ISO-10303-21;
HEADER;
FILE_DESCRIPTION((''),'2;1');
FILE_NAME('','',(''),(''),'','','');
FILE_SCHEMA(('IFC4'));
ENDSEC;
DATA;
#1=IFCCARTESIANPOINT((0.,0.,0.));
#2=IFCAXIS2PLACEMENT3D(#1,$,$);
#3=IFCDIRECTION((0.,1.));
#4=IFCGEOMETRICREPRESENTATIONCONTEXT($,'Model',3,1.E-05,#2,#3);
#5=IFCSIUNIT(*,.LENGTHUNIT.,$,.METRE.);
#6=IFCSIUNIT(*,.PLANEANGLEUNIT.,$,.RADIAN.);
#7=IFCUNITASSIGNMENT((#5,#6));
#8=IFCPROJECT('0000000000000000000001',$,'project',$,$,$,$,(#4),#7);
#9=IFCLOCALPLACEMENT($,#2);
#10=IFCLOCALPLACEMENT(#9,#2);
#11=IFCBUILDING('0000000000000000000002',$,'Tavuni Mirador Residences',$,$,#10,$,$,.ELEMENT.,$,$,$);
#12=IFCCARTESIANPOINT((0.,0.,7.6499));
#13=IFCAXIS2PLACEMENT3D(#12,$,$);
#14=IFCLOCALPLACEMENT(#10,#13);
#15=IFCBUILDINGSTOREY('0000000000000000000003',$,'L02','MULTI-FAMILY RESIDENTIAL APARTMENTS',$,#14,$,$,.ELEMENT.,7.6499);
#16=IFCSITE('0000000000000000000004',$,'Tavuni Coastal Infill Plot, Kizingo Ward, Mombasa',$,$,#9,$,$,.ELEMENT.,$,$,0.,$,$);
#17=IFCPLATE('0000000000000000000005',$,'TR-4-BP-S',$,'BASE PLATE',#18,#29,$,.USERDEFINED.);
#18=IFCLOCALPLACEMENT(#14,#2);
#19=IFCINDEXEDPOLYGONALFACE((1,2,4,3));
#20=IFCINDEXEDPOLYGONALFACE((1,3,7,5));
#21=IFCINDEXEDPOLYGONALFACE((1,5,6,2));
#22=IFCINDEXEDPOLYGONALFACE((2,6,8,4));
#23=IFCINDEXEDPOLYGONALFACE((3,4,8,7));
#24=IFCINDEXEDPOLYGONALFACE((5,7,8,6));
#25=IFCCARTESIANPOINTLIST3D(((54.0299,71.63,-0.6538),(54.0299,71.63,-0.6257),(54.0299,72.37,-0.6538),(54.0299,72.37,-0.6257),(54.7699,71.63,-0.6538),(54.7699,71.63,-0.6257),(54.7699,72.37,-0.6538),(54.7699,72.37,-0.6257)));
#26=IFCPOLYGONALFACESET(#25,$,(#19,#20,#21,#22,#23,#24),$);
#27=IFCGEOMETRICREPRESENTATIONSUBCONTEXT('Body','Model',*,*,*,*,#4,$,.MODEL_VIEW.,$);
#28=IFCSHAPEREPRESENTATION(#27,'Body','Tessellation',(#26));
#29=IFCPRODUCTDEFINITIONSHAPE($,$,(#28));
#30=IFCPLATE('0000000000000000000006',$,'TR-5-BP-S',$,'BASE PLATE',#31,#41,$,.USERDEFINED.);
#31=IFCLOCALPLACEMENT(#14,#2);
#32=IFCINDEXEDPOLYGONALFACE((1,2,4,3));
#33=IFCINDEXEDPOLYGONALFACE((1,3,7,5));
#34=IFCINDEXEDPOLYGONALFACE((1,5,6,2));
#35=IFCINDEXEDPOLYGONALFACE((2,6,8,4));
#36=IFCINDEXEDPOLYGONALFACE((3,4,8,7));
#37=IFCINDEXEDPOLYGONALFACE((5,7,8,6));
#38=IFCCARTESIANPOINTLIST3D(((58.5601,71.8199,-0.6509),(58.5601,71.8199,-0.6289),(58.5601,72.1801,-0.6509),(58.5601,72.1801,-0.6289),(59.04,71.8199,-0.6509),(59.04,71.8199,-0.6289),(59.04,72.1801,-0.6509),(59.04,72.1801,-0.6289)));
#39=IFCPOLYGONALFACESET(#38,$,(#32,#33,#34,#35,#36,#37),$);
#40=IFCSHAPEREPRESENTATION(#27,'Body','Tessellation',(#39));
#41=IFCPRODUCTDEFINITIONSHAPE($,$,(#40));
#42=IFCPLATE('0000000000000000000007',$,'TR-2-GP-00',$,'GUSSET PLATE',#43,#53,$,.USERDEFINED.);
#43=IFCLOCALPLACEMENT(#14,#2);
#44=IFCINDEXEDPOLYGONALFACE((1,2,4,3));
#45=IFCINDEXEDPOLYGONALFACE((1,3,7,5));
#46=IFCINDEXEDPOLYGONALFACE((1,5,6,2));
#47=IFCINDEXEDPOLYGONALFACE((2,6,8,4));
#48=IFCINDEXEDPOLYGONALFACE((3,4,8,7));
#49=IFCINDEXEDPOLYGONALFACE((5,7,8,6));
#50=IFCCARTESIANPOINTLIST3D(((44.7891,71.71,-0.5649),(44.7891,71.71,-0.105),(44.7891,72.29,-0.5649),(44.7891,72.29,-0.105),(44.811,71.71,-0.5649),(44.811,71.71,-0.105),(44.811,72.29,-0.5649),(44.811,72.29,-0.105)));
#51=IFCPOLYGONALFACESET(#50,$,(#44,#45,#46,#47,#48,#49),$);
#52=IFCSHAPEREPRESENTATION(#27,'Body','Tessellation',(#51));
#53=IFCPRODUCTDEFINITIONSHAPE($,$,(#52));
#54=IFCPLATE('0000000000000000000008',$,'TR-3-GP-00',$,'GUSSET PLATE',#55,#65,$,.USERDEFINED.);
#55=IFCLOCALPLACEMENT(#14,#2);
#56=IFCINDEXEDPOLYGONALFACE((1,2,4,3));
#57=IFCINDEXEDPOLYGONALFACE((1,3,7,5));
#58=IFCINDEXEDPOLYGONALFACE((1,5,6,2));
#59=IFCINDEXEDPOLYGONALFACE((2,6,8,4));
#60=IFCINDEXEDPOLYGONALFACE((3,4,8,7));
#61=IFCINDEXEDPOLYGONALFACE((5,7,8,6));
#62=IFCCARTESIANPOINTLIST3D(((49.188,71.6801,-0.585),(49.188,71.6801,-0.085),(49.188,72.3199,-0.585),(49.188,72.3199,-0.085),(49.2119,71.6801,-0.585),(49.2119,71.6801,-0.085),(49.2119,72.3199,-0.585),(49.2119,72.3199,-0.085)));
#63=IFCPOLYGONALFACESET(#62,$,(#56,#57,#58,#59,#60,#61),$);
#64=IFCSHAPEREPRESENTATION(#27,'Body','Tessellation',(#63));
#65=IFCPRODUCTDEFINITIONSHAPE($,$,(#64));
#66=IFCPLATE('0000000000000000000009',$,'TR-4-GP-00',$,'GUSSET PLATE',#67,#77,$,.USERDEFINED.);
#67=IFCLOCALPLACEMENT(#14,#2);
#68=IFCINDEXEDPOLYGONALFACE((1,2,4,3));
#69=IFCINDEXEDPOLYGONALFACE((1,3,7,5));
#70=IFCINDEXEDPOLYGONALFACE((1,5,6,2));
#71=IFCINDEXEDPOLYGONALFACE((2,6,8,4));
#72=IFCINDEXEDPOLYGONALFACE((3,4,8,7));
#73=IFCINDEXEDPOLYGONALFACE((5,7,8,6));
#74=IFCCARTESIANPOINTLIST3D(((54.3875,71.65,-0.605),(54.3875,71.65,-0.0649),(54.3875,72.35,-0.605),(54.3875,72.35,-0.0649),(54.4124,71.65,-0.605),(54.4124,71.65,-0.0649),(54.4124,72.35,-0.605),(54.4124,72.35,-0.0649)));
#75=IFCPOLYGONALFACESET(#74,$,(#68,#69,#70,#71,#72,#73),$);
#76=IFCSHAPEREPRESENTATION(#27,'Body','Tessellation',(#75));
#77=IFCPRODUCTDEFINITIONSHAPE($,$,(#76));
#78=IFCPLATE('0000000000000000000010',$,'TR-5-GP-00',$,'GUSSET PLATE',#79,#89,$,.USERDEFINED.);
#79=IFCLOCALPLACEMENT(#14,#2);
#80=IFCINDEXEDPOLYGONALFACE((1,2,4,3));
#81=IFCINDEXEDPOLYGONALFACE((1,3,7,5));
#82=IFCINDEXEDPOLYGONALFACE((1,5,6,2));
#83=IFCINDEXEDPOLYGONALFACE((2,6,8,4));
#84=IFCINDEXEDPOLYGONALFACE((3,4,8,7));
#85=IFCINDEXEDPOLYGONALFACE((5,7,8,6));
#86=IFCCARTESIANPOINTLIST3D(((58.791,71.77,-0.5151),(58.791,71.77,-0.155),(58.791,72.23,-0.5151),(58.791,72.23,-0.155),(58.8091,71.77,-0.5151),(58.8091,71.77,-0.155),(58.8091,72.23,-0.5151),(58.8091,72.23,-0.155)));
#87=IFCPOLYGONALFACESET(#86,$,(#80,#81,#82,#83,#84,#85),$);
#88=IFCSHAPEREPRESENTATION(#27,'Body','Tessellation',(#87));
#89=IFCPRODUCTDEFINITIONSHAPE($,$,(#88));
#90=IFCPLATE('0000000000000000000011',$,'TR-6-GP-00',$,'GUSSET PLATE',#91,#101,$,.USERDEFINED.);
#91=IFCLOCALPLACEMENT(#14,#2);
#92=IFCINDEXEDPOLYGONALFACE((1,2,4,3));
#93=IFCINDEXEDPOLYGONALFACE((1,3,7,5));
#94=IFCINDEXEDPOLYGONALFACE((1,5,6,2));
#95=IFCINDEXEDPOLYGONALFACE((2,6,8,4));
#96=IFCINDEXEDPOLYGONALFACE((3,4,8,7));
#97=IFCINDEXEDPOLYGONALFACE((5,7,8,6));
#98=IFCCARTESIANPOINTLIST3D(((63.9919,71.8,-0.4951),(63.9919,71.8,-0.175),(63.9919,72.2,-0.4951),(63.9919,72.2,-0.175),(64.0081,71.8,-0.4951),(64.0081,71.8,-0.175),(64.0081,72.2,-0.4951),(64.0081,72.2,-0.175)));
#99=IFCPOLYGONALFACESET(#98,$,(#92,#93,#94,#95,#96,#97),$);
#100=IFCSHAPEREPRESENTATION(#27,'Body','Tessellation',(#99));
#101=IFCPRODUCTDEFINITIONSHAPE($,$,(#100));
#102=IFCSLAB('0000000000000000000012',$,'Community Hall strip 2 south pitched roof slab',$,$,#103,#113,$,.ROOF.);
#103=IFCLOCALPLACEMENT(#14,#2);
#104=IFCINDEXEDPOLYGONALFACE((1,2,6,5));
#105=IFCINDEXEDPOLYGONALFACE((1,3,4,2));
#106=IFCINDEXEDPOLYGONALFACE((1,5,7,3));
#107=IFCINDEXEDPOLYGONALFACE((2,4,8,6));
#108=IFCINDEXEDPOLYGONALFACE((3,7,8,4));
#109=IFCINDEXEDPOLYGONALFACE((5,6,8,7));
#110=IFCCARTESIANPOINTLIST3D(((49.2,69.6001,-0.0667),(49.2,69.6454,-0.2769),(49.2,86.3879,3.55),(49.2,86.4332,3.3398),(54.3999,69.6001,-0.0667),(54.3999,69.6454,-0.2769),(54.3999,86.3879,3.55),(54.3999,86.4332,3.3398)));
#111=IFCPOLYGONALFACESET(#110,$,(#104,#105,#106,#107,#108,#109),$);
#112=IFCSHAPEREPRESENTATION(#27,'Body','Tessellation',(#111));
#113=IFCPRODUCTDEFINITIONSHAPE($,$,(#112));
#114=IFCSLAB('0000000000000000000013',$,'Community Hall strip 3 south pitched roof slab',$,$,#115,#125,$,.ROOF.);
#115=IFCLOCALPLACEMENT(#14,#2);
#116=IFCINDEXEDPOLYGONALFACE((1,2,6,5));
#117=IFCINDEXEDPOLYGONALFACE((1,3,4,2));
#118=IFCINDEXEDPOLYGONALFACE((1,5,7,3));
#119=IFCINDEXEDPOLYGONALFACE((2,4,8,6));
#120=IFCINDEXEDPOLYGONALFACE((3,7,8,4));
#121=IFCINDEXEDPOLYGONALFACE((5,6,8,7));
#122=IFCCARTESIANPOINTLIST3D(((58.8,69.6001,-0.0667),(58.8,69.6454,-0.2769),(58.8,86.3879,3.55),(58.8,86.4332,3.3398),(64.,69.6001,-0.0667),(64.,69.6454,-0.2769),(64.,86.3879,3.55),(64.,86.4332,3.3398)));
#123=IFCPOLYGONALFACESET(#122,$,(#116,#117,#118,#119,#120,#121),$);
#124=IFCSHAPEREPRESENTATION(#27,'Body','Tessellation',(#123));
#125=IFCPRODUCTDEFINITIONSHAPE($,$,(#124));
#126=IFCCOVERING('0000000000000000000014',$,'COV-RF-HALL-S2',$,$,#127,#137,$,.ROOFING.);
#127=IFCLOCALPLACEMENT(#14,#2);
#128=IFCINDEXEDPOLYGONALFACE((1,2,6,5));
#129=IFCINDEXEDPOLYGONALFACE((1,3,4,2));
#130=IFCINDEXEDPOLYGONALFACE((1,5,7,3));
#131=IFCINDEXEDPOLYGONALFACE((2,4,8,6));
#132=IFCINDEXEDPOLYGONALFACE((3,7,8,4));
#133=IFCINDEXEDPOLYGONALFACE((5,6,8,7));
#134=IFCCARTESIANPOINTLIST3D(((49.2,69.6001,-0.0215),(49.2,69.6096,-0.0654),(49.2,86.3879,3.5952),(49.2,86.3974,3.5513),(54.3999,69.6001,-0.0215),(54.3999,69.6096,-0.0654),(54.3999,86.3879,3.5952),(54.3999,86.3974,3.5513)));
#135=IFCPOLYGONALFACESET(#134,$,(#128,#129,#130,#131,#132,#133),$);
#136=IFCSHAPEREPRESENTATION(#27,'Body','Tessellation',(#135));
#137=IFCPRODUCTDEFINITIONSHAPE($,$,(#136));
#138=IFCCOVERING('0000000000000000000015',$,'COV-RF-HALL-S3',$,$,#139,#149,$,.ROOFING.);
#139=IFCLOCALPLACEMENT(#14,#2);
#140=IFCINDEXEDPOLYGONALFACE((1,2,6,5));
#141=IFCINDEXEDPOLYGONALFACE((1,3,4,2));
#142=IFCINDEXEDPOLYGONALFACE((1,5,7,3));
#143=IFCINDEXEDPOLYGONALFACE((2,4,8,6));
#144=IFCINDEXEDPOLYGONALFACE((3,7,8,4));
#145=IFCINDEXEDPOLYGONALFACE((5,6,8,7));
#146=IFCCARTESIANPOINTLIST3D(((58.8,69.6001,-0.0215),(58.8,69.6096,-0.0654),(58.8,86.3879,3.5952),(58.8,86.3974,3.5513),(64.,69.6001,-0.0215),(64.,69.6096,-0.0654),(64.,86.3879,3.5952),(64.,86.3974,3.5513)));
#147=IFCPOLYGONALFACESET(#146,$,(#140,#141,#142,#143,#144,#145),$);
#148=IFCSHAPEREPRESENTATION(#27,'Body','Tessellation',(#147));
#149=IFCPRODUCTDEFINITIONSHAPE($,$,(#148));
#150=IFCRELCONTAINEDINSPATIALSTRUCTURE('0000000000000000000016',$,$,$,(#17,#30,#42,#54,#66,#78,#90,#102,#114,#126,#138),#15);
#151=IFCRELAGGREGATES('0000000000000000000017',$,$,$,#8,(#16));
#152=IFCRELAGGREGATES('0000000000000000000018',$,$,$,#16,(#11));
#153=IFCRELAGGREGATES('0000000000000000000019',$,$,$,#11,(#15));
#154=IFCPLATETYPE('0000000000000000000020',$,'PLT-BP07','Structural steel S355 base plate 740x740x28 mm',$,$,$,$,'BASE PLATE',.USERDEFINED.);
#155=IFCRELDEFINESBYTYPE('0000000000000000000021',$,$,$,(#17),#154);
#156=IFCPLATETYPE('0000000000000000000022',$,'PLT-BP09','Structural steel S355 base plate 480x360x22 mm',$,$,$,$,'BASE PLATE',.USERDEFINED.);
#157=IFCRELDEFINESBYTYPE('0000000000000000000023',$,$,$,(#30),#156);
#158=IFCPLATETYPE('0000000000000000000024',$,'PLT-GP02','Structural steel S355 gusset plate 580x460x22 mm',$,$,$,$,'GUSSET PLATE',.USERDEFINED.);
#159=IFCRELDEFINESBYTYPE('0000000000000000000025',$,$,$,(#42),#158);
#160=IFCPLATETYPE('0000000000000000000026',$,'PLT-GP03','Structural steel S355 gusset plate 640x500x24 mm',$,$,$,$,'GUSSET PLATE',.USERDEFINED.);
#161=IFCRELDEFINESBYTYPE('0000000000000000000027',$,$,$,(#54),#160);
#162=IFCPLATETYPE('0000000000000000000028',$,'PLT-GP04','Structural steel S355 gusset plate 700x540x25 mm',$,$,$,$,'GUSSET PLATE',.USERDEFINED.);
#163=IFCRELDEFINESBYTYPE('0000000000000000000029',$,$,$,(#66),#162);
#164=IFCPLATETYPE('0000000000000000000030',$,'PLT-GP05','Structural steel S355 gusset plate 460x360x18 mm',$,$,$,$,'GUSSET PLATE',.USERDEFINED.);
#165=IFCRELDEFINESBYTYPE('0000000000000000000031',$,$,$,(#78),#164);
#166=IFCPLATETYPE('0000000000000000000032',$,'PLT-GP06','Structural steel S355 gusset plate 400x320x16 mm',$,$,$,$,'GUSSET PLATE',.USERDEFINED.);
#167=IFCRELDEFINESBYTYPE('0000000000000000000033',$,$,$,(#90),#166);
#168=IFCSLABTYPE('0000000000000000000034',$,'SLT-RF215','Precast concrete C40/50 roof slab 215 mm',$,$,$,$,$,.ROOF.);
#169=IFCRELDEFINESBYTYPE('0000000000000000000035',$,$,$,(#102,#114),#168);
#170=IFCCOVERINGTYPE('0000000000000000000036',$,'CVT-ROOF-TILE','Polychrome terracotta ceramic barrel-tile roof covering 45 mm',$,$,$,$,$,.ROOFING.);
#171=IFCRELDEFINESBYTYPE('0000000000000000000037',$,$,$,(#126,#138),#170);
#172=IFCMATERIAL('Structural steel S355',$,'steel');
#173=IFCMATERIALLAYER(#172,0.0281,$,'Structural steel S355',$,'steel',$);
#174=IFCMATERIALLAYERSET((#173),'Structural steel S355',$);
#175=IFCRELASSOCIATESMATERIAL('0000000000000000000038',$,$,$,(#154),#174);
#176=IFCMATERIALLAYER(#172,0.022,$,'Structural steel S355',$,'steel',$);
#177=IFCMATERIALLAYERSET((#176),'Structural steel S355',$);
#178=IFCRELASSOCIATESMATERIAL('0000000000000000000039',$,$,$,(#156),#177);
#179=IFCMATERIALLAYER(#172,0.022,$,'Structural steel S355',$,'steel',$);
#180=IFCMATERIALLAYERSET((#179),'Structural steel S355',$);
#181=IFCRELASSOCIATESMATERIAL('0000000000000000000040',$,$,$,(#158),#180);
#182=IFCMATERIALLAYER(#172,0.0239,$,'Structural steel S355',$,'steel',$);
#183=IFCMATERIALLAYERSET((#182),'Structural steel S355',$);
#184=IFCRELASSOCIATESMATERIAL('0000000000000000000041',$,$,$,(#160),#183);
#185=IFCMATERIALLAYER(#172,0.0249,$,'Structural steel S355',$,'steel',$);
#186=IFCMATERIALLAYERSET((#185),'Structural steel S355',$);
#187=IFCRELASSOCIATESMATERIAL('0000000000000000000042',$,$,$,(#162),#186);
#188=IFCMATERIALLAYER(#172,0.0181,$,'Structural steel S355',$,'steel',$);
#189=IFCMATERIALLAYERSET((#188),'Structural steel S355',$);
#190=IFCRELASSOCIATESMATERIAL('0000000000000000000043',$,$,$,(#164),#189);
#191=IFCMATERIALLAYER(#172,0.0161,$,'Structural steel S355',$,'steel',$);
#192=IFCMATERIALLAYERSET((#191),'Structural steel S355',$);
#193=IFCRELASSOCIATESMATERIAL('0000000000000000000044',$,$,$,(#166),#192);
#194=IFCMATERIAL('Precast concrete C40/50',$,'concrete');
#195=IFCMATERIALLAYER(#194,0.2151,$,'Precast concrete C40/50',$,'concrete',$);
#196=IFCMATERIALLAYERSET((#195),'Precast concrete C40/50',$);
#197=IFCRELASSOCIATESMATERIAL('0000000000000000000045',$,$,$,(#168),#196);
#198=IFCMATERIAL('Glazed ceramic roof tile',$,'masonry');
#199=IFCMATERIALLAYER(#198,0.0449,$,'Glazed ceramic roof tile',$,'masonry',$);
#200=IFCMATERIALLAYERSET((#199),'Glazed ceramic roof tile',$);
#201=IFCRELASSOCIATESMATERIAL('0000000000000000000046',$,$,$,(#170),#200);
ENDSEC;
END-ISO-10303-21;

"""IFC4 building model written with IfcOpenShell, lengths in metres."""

from ifc_helpers import new_model, si_unit, direction, frame, origin, origin_2d, place, context, subcontext, project, spatial, polyline, rectangle, outline, extrude, material, layer, layer_set, type_object, element, save


model = new_model("IFC4")

# Units and contexts
model_context = context("Model", 3, precision=1e-05, world=origin(), true_north=direction((0.0, 1.0)))
body_context = subcontext(model_context, "Body", "Model", "MODEL_VIEW")
ifc_project = project(units=[si_unit("LENGTHUNIT", "METRE"), si_unit("PLANEANGLEUNIT", "RADIAN")], contexts=[model_context])

# Site, building, storey
site_placement = place(None, origin())
site = spatial("IfcSite", under=ifc_project, at=site_placement, Name="Tavuni Coastal Infill Plot, Kizingo Ward, Mombasa", CompositionType="ELEMENT", RefElevation=0.0)
building_placement = place(site_placement, origin())
building = spatial("IfcBuilding", under=site, at=building_placement, Name="Tavuni Mirador Residences", CompositionType="ELEMENT")
storey_placement = place(building_placement, frame((0.0, 0.0, 7.6499)))
storey = spatial("IfcBuildingStorey", under=building, at=storey_placement, Name="L02", Description="MULTI-FAMILY RESIDENTIAL APARTMENTS", CompositionType="ELEMENT", Elevation=7.6499)

# Shared definitions
ifc_material_1 = material(Name="Structural steel S355", Category="steel")

# Plates
ifc_layer_1 = layer(ifc_material_1, 0.0281, Name="Structural steel S355", Category="steel")
ifc_layer_set_1 = layer_set([ifc_layer_1], Name="Structural steel S355")
plate_type_1 = type_object("IfcPlateType", Name="PLT-BP07", Description="Structural steel S355 base plate 740x740x28 mm", ElementType="BASE PLATE", PredefinedType="USERDEFINED", material=ifc_layer_set_1)
plate_1_placement = place(storey_placement, frame((54.3999, 72.0, -0.6538), z_axis=(0.0, 0.0, 1.0), x_axis=(1.0, 0.0, 0.0)))
element("IfcPlate", 1, at=plate_1_placement, inside=storey, type_object=plate_type_1, Name="TR-4-BP-S", ObjectType="BASE PLATE", PredefinedType="USERDEFINED", context=body_context, shape_type="SweptSolid", body=[
    extrude(rectangle(XDim=0.74, YDim=0.74, at=origin_2d()), origin(), (0.0, 0.0, 1.0), 0.0281),
])
ifc_layer_2 = layer(ifc_material_1, 0.022, Name="Structural steel S355", Category="steel")
ifc_layer_set_2 = layer_set([ifc_layer_2], Name="Structural steel S355")
plate_type_2 = type_object("IfcPlateType", Name="PLT-BP09", Description="Structural steel S355 base plate 480x360x22 mm", ElementType="BASE PLATE", PredefinedType="USERDEFINED", material=ifc_layer_set_2)
plate_2_placement = place(storey_placement, frame((58.8, 72.0, -0.6509), z_axis=(0.0, 0.0, 1.0), x_axis=(1.0, 0.0, 0.0)))
element("IfcPlate", 2, at=plate_2_placement, inside=storey, type_object=plate_type_2, Name="TR-5-BP-S", ObjectType="BASE PLATE", PredefinedType="USERDEFINED", context=body_context, shape_type="SweptSolid", body=[
    extrude(rectangle(XDim=0.48, YDim=0.3601, at=origin_2d()), origin(), (0.0, 0.0, 1.0), 0.022),
])
ifc_layer_3 = layer(ifc_material_1, 0.022, Name="Structural steel S355", Category="steel")
ifc_layer_set_3 = layer_set([ifc_layer_3], Name="Structural steel S355")
plate_type_3 = type_object("IfcPlateType", Name="PLT-GP02", Description="Structural steel S355 gusset plate 580x460x22 mm", ElementType="GUSSET PLATE", PredefinedType="USERDEFINED", material=ifc_layer_set_3)
plate_3_placement = place(storey_placement, frame((44.8, 72.0, -0.5649), z_axis=(0.0, 0.0, 1.0), x_axis=(0.0, 1.0, 0.0)))
element("IfcPlate", 3, at=plate_3_placement, inside=storey, type_object=plate_type_3, Name="TR-2-GP-00", ObjectType="GUSSET PLATE", PredefinedType="USERDEFINED", context=body_context, shape_type="SweptSolid", body=[
    extrude(rectangle(XDim=0.5801, YDim=0.022, at=origin_2d()), origin(), (0.0, 0.0, 1.0), 0.46),
])
ifc_layer_4 = layer(ifc_material_1, 0.0239, Name="Structural steel S355", Category="steel")
ifc_layer_set_4 = layer_set([ifc_layer_4], Name="Structural steel S355")
plate_type_4 = type_object("IfcPlateType", Name="PLT-GP03", Description="Structural steel S355 gusset plate 640x500x24 mm", ElementType="GUSSET PLATE", PredefinedType="USERDEFINED", material=ifc_layer_set_4)
plate_4_placement = place(storey_placement, frame((49.2, 72.0, -0.585), z_axis=(0.0, 0.0, 1.0), x_axis=(0.0, 1.0, 0.0)))
element("IfcPlate", 4, at=plate_4_placement, inside=storey, type_object=plate_type_4, Name="TR-3-GP-00", ObjectType="GUSSET PLATE", PredefinedType="USERDEFINED", context=body_context, shape_type="SweptSolid", body=[
    extrude(rectangle(XDim=0.6399, YDim=0.0239, at=origin_2d()), origin(), (0.0, 0.0, 1.0), 0.5),
])
ifc_layer_5 = layer(ifc_material_1, 0.0249, Name="Structural steel S355", Category="steel")
ifc_layer_set_5 = layer_set([ifc_layer_5], Name="Structural steel S355")
plate_type_5 = type_object("IfcPlateType", Name="PLT-GP04", Description="Structural steel S355 gusset plate 700x540x25 mm", ElementType="GUSSET PLATE", PredefinedType="USERDEFINED", material=ifc_layer_set_5)
plate_5_placement = place(storey_placement, frame((54.3999, 72.0, -0.605), z_axis=(0.0, 0.0, 1.0), x_axis=(0.0, 1.0, 0.0)))
element("IfcPlate", 5, at=plate_5_placement, inside=storey, type_object=plate_type_5, Name="TR-4-GP-00", ObjectType="GUSSET PLATE", PredefinedType="USERDEFINED", context=body_context, shape_type="SweptSolid", body=[
    extrude(rectangle(XDim=0.7, YDim=0.0249, at=origin_2d()), origin(), (0.0, 0.0, 1.0), 0.54),
])
ifc_layer_6 = layer(ifc_material_1, 0.0181, Name="Structural steel S355", Category="steel")
ifc_layer_set_6 = layer_set([ifc_layer_6], Name="Structural steel S355")
plate_type_6 = type_object("IfcPlateType", Name="PLT-GP05", Description="Structural steel S355 gusset plate 460x360x18 mm", ElementType="GUSSET PLATE", PredefinedType="USERDEFINED", material=ifc_layer_set_6)
plate_6_placement = place(storey_placement, frame((58.8, 72.0, -0.5151), z_axis=(0.0, 0.0, 1.0), x_axis=(0.0, 1.0, 0.0)))
element("IfcPlate", 6, at=plate_6_placement, inside=storey, type_object=plate_type_6, Name="TR-5-GP-00", ObjectType="GUSSET PLATE", PredefinedType="USERDEFINED", context=body_context, shape_type="SweptSolid", body=[
    extrude(rectangle(XDim=0.46, YDim=0.0181, at=origin_2d()), origin(), (0.0, 0.0, 1.0), 0.3601),
])
ifc_layer_7 = layer(ifc_material_1, 0.0161, Name="Structural steel S355", Category="steel")
ifc_layer_set_7 = layer_set([ifc_layer_7], Name="Structural steel S355")
plate_type_7 = type_object("IfcPlateType", Name="PLT-GP06", Description="Structural steel S355 gusset plate 400x320x16 mm", ElementType="GUSSET PLATE", PredefinedType="USERDEFINED", material=ifc_layer_set_7)
plate_7_placement = place(storey_placement, frame((64.0, 72.0, -0.4951), z_axis=(0.0, 0.0, 1.0), x_axis=(0.0, 1.0, 0.0)))
element("IfcPlate", 7, at=plate_7_placement, inside=storey, type_object=plate_type_7, Name="TR-6-GP-00", ObjectType="GUSSET PLATE", PredefinedType="USERDEFINED", context=body_context, shape_type="SweptSolid", body=[
    extrude(rectangle(XDim=0.3999, YDim=0.0161, at=origin_2d()), origin(), (0.0, 0.0, 1.0), 0.3201),
])

# Slabs
ifc_material_2 = material(Name="Precast concrete C40/50", Category="concrete")
ifc_layer_8 = layer(ifc_material_2, 0.2151, Name="Precast concrete C40/50", Category="concrete")
ifc_layer_set_8 = layer_set([ifc_layer_8], Name="Precast concrete C40/50")
slab_type = type_object("IfcSlabType", Name="SLT-RF215", Description="Precast concrete C40/50 roof slab 215 mm", PredefinedType="ROOF", material=ifc_layer_set_8)
for number, where, z_axis, x_axis, name in (
    (8, (49.2, 69.6001, -0.0667), (0.0, -0.210604, 0.977572), (1.0, 0.0, 0.0), "Community Hall strip 2 south pitched roof slab"),
    (9, (58.8, 69.6001, -0.0667), (0.0, -0.210604, 0.977572), (1.0, 0.0, 0.0), "Community Hall strip 3 south pitched roof slab"),
):
    element("IfcSlab", number, at=place(storey_placement, frame(where, z_axis=z_axis, x_axis=x_axis)), inside=storey, type_object=slab_type, Name=name, PredefinedType="ROOF", context=body_context, shape_type="SweptSolid", body=[
        extrude(outline(polyline([(0.0, 0.0), (5.2, 0.0), (5.2, 17.173), (0.0, 17.173), (0.0, 0.0)])), origin(), (0.0, 0.0, -1.0), 0.2151),
    ])

# Coverings
ifc_material_3 = material(Name="Glazed ceramic roof tile", Category="masonry")
ifc_layer_9 = layer(ifc_material_3, 0.0449, Name="Glazed ceramic roof tile", Category="masonry")
ifc_layer_set_9 = layer_set([ifc_layer_9], Name="Glazed ceramic roof tile")
covering_type = type_object("IfcCoveringType", Name="CVT-ROOF-TILE", Description="Polychrome terracotta ceramic barrel-tile roof covering 45 mm", PredefinedType="ROOFING", material=ifc_layer_set_9)
for number, where, z_axis, x_axis, name in (
    (10, (49.2, 69.6001, -0.0215), (0.0, -0.210604, 0.977572), (1.0, 0.0, 0.0), "COV-RF-HALL-S2"),
    (11, (58.8, 69.6001, -0.0215), (0.0, -0.210604, 0.977572), (1.0, 0.0, 0.0), "COV-RF-HALL-S3"),
):
    element("IfcCovering", number, at=place(storey_placement, frame(where, z_axis=z_axis, x_axis=x_axis)), inside=storey, type_object=covering_type, Name=name, PredefinedType="ROOFING", context=body_context, shape_type="SweptSolid", body=[
        extrude(outline(polyline([(0.0, 0.0), (5.2, 0.0), (5.2, 17.173), (0.0, 17.173), (0.0, 0.0)])), origin(), (0.0, 0.0, -1.0), 0.0449),
    ])

save(model, "model.ifc")
